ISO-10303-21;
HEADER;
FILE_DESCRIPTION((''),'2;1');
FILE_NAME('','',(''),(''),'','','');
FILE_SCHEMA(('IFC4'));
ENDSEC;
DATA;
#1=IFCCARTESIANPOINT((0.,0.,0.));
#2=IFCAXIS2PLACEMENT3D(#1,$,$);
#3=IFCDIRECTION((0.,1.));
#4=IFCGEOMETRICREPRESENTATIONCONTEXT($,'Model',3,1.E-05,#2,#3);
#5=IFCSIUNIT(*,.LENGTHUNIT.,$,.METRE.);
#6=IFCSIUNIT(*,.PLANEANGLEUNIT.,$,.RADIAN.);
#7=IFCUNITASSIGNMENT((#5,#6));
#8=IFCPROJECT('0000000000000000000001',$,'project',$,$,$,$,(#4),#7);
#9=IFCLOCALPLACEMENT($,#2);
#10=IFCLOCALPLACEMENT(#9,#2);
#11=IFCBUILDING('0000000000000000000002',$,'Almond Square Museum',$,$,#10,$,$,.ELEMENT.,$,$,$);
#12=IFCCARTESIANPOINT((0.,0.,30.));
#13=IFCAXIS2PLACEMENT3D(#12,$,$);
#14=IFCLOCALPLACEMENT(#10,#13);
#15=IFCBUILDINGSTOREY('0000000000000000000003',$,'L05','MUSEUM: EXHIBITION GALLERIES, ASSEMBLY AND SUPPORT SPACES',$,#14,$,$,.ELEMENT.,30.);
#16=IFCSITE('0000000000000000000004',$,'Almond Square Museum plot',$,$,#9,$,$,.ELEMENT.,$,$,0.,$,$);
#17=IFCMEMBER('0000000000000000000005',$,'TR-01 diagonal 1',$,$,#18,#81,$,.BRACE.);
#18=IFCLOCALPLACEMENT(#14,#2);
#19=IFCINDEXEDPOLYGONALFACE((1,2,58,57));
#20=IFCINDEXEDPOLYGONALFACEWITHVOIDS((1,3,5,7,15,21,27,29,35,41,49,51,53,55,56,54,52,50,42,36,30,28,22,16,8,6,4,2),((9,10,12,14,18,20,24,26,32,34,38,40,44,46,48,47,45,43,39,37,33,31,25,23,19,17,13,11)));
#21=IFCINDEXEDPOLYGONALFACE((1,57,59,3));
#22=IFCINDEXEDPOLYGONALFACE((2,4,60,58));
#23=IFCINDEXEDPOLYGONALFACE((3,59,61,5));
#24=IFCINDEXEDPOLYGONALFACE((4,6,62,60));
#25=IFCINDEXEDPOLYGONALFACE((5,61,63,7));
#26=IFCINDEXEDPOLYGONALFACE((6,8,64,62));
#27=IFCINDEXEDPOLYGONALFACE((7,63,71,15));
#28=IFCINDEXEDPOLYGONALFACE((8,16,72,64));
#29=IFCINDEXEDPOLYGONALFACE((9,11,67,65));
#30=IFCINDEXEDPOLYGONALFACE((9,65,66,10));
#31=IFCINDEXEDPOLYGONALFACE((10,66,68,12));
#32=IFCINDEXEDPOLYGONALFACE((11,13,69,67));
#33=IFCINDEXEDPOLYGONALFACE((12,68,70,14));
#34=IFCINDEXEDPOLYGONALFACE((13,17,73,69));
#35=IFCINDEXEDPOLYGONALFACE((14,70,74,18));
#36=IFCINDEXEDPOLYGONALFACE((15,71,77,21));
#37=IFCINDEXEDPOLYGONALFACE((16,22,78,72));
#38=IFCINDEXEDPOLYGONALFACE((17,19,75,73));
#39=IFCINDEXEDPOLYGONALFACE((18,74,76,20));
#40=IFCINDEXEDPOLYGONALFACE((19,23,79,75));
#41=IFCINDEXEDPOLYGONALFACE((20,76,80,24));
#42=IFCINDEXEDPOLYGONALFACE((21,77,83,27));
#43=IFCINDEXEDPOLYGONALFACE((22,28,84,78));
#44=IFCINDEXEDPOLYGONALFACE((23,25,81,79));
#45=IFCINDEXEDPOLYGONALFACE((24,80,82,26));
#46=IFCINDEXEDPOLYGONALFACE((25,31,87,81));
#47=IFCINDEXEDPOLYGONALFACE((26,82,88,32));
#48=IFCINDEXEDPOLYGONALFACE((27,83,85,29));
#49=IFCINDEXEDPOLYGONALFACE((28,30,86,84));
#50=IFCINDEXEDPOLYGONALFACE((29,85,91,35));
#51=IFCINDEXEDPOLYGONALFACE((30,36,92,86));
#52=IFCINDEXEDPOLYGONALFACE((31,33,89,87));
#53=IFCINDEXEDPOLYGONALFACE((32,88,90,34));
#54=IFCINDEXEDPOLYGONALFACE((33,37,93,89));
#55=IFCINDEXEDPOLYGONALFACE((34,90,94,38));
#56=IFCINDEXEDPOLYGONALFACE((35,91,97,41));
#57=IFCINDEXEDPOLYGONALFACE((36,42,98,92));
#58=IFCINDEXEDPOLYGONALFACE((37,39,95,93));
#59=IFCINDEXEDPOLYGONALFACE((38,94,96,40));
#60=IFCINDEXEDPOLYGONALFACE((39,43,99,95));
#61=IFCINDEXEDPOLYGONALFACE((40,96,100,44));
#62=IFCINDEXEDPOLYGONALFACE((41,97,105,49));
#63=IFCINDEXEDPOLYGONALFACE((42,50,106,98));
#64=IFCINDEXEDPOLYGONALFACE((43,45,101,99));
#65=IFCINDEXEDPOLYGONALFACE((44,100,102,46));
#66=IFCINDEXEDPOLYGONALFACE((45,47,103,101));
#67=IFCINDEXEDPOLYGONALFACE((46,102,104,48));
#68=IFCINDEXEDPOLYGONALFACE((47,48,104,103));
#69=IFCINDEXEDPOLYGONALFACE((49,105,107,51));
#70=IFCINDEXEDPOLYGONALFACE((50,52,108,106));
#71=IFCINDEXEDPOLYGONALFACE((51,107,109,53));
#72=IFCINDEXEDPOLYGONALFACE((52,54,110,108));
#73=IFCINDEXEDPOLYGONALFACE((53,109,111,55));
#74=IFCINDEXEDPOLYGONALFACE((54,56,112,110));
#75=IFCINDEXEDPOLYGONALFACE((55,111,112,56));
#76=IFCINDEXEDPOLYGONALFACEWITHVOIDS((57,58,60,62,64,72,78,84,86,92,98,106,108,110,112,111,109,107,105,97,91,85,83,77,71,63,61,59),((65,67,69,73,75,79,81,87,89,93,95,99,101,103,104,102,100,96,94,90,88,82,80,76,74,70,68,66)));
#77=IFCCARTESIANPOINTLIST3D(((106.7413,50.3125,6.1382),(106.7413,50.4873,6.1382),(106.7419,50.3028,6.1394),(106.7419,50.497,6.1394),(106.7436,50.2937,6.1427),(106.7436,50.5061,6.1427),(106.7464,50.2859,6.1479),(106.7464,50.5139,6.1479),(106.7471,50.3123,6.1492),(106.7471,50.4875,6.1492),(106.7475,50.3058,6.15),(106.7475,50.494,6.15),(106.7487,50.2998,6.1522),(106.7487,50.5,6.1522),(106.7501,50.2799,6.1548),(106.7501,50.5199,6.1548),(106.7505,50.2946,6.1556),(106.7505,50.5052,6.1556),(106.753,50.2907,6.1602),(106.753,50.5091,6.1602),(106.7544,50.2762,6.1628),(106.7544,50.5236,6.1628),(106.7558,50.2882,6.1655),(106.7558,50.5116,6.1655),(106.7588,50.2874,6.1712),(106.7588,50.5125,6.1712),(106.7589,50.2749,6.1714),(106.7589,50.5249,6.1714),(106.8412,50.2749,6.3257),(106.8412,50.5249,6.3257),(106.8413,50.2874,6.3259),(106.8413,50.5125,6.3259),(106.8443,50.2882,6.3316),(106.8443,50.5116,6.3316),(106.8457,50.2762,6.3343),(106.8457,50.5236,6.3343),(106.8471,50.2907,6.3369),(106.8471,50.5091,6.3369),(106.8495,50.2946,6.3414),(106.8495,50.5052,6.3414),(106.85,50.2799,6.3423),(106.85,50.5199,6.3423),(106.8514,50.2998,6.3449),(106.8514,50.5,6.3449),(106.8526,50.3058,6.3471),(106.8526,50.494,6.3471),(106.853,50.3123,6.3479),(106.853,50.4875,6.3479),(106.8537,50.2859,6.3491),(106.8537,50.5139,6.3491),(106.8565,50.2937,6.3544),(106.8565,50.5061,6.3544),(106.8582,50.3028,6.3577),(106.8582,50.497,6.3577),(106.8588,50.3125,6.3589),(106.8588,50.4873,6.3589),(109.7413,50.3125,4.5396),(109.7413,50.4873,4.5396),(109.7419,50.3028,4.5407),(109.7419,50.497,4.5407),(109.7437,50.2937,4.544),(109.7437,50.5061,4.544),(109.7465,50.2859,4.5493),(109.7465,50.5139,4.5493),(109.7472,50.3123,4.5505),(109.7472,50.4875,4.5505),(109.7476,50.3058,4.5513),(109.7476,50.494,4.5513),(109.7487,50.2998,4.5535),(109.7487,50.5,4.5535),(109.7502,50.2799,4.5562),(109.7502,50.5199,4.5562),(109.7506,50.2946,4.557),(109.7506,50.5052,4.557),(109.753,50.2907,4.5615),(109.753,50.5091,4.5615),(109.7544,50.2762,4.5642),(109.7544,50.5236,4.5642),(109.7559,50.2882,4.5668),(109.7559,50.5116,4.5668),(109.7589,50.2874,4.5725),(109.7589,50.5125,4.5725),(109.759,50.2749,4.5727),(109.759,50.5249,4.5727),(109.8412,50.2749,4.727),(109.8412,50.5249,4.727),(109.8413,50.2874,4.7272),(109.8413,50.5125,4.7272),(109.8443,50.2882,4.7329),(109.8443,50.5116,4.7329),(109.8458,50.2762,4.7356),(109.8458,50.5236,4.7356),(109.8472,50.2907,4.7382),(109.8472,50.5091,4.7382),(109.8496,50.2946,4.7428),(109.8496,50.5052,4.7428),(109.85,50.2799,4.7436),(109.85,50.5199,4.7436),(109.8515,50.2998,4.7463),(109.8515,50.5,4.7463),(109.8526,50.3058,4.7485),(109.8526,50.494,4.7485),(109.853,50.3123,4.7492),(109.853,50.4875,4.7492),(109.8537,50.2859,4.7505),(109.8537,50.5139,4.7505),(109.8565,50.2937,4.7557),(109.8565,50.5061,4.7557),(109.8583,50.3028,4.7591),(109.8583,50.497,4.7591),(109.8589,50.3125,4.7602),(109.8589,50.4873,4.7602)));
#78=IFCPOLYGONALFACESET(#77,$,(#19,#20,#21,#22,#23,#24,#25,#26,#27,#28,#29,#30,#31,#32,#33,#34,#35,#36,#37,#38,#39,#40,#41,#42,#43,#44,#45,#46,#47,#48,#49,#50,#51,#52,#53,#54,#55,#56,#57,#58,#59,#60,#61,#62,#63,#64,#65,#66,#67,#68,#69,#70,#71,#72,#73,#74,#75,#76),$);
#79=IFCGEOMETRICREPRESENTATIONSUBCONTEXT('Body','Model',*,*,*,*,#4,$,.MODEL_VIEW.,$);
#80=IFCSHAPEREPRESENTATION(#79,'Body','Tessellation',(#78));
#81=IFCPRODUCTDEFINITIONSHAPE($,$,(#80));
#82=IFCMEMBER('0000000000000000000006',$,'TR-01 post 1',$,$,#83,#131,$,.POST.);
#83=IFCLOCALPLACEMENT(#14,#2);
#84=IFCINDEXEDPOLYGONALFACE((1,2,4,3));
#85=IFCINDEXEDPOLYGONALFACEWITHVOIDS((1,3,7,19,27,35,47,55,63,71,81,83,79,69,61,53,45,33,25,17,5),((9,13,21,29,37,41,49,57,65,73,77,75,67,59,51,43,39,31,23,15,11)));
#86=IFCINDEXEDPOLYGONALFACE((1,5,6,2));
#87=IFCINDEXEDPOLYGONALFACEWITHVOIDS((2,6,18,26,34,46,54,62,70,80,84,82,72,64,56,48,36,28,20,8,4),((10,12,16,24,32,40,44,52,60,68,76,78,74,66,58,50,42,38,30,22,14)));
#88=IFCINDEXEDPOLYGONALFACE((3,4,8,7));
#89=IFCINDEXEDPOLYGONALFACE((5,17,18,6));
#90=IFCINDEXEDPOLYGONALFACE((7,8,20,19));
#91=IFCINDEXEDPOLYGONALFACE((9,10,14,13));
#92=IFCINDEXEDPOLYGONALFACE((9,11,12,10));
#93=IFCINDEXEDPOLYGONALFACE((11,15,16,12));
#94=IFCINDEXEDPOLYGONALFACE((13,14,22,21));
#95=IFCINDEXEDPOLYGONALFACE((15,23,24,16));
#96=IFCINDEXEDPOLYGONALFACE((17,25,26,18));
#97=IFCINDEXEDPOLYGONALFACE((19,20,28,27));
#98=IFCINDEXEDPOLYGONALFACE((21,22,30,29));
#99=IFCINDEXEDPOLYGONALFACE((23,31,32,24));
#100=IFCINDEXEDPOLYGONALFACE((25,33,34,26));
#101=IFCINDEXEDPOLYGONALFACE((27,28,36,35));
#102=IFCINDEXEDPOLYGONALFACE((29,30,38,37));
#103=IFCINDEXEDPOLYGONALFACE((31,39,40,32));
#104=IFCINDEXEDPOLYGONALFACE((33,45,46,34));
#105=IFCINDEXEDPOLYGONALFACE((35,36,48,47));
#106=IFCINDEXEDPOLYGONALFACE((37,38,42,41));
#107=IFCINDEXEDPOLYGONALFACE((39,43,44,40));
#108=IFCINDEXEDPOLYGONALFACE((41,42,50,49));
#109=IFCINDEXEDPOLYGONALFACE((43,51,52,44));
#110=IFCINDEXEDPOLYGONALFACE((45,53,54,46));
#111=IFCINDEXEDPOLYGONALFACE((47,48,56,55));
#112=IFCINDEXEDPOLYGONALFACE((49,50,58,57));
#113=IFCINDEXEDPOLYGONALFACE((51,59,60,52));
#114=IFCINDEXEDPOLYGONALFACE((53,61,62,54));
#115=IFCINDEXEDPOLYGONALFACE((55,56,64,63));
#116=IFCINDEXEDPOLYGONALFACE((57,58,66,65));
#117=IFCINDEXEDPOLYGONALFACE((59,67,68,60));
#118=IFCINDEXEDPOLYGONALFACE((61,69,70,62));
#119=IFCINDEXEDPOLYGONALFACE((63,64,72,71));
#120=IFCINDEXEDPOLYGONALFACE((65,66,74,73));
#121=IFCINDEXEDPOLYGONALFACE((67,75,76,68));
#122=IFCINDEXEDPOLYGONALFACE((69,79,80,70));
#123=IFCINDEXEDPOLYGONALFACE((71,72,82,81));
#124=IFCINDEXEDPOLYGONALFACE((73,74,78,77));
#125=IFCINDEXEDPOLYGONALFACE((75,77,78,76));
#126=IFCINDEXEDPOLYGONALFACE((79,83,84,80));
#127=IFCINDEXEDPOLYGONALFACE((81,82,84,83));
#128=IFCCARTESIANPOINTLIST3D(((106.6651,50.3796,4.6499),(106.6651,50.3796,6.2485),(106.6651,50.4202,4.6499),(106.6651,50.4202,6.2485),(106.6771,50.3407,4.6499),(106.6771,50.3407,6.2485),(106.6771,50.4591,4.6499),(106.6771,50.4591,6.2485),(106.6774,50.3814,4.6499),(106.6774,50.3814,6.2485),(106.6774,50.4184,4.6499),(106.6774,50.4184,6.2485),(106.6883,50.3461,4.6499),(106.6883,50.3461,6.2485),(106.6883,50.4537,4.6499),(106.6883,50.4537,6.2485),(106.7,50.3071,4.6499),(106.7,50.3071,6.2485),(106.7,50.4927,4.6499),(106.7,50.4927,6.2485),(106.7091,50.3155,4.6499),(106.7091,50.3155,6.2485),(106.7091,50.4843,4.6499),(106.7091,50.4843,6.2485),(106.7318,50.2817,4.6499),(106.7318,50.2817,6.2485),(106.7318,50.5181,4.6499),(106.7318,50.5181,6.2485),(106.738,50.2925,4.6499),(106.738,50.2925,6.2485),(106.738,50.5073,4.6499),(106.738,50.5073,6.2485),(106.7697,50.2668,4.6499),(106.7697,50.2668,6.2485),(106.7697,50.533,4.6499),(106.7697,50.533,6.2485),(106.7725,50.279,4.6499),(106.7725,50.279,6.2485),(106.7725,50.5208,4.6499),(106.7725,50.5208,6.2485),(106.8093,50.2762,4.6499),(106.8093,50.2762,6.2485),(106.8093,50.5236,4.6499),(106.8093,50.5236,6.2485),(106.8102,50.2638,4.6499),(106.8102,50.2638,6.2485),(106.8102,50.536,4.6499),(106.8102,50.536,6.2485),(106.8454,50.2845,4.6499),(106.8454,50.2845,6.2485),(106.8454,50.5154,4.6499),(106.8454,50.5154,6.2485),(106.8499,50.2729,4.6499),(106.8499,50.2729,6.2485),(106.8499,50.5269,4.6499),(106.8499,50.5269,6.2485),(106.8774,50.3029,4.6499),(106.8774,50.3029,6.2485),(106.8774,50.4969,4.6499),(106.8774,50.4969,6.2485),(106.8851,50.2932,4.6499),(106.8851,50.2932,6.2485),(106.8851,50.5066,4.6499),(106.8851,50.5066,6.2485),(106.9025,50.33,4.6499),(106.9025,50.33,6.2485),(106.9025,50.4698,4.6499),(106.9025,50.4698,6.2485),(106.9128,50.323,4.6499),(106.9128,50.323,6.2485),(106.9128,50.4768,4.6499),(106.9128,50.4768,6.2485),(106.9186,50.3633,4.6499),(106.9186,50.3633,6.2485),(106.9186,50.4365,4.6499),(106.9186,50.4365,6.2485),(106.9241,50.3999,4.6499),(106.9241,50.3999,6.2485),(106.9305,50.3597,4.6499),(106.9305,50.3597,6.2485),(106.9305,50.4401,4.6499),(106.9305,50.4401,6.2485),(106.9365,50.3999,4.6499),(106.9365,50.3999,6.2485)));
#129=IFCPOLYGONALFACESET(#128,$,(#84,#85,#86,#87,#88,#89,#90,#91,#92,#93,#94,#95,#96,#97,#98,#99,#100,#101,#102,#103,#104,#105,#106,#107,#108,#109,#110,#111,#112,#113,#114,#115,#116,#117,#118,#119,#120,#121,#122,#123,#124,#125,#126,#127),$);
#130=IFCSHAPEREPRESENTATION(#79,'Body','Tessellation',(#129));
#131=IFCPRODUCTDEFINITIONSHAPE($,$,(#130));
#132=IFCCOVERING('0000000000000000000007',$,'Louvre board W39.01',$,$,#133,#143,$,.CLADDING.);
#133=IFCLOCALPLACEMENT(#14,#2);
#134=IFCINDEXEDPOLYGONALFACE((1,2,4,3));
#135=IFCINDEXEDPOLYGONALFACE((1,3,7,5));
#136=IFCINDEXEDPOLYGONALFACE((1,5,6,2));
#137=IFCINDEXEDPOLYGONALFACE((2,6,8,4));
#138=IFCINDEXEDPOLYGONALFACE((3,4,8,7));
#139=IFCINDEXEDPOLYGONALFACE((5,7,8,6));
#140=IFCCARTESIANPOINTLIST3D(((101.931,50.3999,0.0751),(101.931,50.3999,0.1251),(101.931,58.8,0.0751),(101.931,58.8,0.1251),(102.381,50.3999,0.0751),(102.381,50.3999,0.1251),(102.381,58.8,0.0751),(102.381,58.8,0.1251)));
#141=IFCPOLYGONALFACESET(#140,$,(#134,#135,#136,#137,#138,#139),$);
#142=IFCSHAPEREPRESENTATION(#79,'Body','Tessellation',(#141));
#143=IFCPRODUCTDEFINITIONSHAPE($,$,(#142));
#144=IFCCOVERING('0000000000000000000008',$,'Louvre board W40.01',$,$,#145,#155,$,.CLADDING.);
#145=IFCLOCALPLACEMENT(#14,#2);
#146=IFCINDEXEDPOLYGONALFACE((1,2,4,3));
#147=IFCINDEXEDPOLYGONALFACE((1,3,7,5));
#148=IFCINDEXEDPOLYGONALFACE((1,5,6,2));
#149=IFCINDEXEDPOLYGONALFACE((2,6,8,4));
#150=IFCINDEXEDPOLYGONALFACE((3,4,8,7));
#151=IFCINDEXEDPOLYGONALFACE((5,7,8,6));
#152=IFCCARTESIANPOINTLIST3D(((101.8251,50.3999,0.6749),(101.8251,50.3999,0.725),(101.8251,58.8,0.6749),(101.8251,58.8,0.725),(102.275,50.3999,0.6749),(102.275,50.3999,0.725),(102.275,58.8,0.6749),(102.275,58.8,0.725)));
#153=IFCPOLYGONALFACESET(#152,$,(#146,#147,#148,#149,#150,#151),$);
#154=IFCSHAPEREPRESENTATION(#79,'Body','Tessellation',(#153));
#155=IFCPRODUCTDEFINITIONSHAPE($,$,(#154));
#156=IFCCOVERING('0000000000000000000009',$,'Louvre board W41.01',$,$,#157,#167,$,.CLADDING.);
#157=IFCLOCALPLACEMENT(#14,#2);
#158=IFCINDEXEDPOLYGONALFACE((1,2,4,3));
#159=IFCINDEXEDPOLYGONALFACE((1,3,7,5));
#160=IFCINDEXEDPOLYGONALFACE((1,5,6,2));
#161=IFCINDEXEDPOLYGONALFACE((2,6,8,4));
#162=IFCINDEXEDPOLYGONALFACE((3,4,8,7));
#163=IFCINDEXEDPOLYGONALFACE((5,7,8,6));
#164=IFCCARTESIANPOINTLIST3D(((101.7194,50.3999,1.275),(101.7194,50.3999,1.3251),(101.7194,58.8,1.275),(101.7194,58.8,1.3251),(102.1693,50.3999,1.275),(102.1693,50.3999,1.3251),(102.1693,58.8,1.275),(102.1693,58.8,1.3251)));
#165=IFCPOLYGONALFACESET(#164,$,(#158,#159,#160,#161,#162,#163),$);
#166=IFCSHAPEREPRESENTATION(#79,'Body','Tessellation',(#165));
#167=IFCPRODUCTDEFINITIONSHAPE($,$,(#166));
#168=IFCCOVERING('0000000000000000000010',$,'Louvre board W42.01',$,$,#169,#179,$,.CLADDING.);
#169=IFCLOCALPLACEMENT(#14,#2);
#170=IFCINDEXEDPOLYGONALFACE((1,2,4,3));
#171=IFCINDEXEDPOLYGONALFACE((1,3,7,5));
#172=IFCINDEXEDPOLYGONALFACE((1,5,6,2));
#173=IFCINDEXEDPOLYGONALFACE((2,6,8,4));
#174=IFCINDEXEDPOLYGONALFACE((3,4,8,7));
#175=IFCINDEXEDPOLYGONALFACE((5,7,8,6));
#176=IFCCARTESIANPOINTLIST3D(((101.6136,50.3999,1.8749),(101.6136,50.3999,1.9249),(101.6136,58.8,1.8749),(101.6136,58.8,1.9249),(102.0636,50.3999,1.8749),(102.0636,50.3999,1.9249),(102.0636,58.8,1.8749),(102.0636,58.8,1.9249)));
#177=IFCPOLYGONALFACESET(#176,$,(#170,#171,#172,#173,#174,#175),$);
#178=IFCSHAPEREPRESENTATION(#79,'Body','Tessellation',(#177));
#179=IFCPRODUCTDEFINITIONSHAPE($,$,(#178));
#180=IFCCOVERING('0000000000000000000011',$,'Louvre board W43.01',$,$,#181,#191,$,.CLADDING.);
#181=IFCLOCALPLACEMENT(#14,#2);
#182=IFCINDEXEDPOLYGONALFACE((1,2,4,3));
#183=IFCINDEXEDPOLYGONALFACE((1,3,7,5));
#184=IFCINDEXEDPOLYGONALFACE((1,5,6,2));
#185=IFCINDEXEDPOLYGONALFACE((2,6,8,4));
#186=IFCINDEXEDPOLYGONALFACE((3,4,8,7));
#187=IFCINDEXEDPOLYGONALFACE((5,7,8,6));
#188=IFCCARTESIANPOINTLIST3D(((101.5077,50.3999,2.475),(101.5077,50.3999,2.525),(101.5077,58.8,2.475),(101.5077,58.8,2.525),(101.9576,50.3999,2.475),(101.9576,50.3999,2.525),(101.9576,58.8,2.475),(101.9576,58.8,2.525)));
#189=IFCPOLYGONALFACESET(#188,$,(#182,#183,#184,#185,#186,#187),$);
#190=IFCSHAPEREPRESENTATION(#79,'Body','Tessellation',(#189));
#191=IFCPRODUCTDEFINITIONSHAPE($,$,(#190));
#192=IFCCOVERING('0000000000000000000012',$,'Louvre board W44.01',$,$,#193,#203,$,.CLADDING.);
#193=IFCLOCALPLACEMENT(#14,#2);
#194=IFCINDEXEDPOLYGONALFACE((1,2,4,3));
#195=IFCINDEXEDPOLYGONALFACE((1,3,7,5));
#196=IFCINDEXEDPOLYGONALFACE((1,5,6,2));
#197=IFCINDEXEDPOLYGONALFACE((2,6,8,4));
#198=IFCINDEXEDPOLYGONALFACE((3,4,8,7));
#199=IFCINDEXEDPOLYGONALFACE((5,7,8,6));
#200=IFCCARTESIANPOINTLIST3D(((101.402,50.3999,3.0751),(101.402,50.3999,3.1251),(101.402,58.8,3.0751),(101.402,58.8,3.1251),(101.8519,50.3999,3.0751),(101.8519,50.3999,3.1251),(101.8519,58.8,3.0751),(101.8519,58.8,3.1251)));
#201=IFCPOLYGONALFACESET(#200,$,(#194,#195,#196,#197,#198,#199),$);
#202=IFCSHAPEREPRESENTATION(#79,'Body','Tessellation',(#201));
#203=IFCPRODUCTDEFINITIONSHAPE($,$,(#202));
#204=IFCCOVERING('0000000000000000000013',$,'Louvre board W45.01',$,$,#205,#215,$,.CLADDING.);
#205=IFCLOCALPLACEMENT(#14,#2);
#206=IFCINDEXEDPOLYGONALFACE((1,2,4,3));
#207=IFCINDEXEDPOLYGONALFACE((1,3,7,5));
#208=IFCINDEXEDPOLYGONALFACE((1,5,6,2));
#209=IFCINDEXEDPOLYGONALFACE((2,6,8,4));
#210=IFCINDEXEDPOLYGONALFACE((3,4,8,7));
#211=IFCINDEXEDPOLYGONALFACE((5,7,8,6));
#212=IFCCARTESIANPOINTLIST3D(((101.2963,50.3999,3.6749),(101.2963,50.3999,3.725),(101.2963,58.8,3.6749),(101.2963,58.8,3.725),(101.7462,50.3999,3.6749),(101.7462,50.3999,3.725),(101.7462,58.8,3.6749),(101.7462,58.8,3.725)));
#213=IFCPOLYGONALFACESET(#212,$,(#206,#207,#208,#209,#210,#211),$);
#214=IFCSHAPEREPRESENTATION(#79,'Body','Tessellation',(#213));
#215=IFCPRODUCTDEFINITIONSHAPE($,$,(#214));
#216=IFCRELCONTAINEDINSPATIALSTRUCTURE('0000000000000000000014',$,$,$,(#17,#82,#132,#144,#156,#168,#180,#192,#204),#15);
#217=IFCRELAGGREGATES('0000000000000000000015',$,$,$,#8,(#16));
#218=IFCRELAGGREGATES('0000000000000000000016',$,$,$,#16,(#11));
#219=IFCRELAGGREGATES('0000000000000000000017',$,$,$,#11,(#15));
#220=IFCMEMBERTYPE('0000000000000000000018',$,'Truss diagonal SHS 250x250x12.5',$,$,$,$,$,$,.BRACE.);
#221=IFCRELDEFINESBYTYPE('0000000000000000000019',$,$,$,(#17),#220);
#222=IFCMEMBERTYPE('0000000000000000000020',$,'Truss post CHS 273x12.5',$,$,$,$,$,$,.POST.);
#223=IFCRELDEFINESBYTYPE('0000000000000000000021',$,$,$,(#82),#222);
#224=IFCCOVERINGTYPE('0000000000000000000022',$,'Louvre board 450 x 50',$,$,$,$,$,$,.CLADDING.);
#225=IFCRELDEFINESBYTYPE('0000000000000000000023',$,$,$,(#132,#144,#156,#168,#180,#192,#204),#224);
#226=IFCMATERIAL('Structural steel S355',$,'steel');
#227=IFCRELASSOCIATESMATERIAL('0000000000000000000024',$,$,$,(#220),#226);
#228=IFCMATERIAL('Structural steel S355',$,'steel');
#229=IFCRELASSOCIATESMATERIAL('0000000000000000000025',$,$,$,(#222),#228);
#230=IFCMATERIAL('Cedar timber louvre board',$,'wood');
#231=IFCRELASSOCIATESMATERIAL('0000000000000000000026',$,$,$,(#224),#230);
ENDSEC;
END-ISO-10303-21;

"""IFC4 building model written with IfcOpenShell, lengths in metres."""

from ifc_helpers import new_model, si_unit, direction, frame, origin, origin_2d, place, context, subcontext, project, spatial, rectangle, hollow_rectangle, hollow_circle, extrude, material, material_profile, profile_set, type_object, element, save


model = new_model("IFC4")

# Units and contexts
model_context = context("Model", 3, precision=1e-05, world=origin(), true_north=direction((0.0, 1.0)))
body_context = subcontext(model_context, "Body", "Model", "MODEL_VIEW")
ifc_project = project(units=[si_unit("LENGTHUNIT", "METRE"), si_unit("PLANEANGLEUNIT", "RADIAN")], contexts=[model_context])

# Site, building, storey
site_placement = place(None, origin())
site = spatial("IfcSite", under=ifc_project, at=site_placement, Name="Almond Square Museum plot", CompositionType="ELEMENT", RefElevation=0.0)
building_placement = place(site_placement, origin())
building = spatial("IfcBuilding", under=site, at=building_placement, Name="Almond Square Museum", CompositionType="ELEMENT")
storey_placement = place(building_placement, frame((0.0, 0.0, 30.0)))
storey = spatial("IfcBuildingStorey", under=building, at=storey_placement, Name="L05", Description="MUSEUM: EXHIBITION GALLERIES, ASSEMBLY AND SUPPORT SPACES", CompositionType="ELEMENT", Elevation=30.0)

# Members
ifc_material_1 = material(Name="Structural steel S355", Category="steel")
ifc_material_profile_1 = material_profile(ifc_material_1, hollow_rectangle(XDim=0.25, YDim=0.25, WallThickness=0.0125, InnerFilletRadius=0.0249, OuterFilletRadius=0.0376, at=origin_2d()))
ifc_profile_set_1 = profile_set([ifc_material_profile_1], Name="Structural steel S355")
member_type_1 = type_object("IfcMemberType", Name="Truss diagonal SHS 250x250x12.5", PredefinedType="BRACE", material=ifc_profile_set_1)
member_1_placement = place(storey_placement, frame((106.8, 50.3999, 6.2485), z_axis=(0.88252, 0.0, -0.470275), x_axis=(0.0, 1.0, 0.0)))
element("IfcMember", 1, at=member_1_placement, inside=storey, type_object=member_type_1, Name="TR-01 diagonal 1", PredefinedType="BRACE", context=body_context, shape_type="SweptSolid", body=[
    extrude(hollow_rectangle(XDim=0.25, YDim=0.25, WallThickness=0.0125, InnerFilletRadius=0.0249, OuterFilletRadius=0.0376, at=origin_2d()), origin(), (0.0, 0.0, 1.0), 3.3994),
])
ifc_material_2 = material(Name="Structural steel S355", Category="steel")
ifc_material_profile_2 = material_profile(ifc_material_2, hollow_circle(Radius=0.1365, WallThickness=0.0125, at=origin_2d()))
ifc_profile_set_2 = profile_set([ifc_material_profile_2], Name="Structural steel S355")
member_type_2 = type_object("IfcMemberType", Name="Truss post CHS 273x12.5", PredefinedType="POST", material=ifc_profile_set_2)
member_2_placement = place(storey_placement, frame((106.8, 50.3999, 4.6499), z_axis=(0.0, 0.0, 1.0), x_axis=(1.0, 0.0, 0.0)))
element("IfcMember", 2, at=member_2_placement, inside=storey, type_object=member_type_2, Name="TR-01 post 1", PredefinedType="POST", context=body_context, shape_type="SweptSolid", body=[
    extrude(hollow_circle(Radius=0.1365, WallThickness=0.0125, at=origin_2d()), origin(), (0.0, 0.0, 1.0), 1.5986),
])

# Coverings
ifc_material_3 = material(Name="Cedar timber louvre board", Category="wood")
ifc_material_profile_3 = material_profile(ifc_material_3, rectangle(XDim=0.45, YDim=0.05, at=origin_2d()))
ifc_profile_set_3 = profile_set([ifc_material_profile_3], Name="Cedar timber louvre board")
covering_type_1 = type_object("IfcCoveringType", Name="Louvre board 450 x 50", PredefinedType="CLADDING", material=ifc_profile_set_3)
for number, where, z_axis, x_axis, name in (
    (3, (102.156, 50.3999, 0.1001), (0.0, 1.0, 0.0), (-1.0, 0.0, 0.0), "Louvre board W39.01"),
    (4, (102.05, 50.3999, 0.7), (0.0, 1.0, 0.0), (-1.0, 0.0, 0.0), "Louvre board W40.01"),
    (5, (101.9443, 50.3999, 1.3), (0.0, 1.0, 0.0), (-1.0, 0.0, 0.0), "Louvre board W41.01"),
    (6, (101.8386, 50.3999, 1.8999), (0.0, 1.0, 0.0), (-1.0, 0.0, 0.0), "Louvre board W42.01"),
    (7, (101.7327, 50.3999, 2.5), (0.0, 1.0, 0.0), (-1.0, 0.0, 0.0), "Louvre board W43.01"),
    (8, (101.627, 50.3999, 3.1001), (0.0, 1.0, 0.0), (-1.0, 0.0, 0.0), "Louvre board W44.01"),
    (9, (101.5212, 50.3999, 3.7), (0.0, 1.0, 0.0), (-1.0, 0.0, 0.0), "Louvre board W45.01"),
):
    element("IfcCovering", number, at=place(storey_placement, frame(where, z_axis=z_axis, x_axis=x_axis)), inside=storey, type_object=covering_type_1, Name=name, PredefinedType="CLADDING", context=body_context, shape_type="SweptSolid", body=[
        extrude(rectangle(XDim=0.45, YDim=0.05, at=origin_2d()), origin(), (0.0, 0.0, 1.0), 8.4001),
    ])

save(model, "model.ifc")
